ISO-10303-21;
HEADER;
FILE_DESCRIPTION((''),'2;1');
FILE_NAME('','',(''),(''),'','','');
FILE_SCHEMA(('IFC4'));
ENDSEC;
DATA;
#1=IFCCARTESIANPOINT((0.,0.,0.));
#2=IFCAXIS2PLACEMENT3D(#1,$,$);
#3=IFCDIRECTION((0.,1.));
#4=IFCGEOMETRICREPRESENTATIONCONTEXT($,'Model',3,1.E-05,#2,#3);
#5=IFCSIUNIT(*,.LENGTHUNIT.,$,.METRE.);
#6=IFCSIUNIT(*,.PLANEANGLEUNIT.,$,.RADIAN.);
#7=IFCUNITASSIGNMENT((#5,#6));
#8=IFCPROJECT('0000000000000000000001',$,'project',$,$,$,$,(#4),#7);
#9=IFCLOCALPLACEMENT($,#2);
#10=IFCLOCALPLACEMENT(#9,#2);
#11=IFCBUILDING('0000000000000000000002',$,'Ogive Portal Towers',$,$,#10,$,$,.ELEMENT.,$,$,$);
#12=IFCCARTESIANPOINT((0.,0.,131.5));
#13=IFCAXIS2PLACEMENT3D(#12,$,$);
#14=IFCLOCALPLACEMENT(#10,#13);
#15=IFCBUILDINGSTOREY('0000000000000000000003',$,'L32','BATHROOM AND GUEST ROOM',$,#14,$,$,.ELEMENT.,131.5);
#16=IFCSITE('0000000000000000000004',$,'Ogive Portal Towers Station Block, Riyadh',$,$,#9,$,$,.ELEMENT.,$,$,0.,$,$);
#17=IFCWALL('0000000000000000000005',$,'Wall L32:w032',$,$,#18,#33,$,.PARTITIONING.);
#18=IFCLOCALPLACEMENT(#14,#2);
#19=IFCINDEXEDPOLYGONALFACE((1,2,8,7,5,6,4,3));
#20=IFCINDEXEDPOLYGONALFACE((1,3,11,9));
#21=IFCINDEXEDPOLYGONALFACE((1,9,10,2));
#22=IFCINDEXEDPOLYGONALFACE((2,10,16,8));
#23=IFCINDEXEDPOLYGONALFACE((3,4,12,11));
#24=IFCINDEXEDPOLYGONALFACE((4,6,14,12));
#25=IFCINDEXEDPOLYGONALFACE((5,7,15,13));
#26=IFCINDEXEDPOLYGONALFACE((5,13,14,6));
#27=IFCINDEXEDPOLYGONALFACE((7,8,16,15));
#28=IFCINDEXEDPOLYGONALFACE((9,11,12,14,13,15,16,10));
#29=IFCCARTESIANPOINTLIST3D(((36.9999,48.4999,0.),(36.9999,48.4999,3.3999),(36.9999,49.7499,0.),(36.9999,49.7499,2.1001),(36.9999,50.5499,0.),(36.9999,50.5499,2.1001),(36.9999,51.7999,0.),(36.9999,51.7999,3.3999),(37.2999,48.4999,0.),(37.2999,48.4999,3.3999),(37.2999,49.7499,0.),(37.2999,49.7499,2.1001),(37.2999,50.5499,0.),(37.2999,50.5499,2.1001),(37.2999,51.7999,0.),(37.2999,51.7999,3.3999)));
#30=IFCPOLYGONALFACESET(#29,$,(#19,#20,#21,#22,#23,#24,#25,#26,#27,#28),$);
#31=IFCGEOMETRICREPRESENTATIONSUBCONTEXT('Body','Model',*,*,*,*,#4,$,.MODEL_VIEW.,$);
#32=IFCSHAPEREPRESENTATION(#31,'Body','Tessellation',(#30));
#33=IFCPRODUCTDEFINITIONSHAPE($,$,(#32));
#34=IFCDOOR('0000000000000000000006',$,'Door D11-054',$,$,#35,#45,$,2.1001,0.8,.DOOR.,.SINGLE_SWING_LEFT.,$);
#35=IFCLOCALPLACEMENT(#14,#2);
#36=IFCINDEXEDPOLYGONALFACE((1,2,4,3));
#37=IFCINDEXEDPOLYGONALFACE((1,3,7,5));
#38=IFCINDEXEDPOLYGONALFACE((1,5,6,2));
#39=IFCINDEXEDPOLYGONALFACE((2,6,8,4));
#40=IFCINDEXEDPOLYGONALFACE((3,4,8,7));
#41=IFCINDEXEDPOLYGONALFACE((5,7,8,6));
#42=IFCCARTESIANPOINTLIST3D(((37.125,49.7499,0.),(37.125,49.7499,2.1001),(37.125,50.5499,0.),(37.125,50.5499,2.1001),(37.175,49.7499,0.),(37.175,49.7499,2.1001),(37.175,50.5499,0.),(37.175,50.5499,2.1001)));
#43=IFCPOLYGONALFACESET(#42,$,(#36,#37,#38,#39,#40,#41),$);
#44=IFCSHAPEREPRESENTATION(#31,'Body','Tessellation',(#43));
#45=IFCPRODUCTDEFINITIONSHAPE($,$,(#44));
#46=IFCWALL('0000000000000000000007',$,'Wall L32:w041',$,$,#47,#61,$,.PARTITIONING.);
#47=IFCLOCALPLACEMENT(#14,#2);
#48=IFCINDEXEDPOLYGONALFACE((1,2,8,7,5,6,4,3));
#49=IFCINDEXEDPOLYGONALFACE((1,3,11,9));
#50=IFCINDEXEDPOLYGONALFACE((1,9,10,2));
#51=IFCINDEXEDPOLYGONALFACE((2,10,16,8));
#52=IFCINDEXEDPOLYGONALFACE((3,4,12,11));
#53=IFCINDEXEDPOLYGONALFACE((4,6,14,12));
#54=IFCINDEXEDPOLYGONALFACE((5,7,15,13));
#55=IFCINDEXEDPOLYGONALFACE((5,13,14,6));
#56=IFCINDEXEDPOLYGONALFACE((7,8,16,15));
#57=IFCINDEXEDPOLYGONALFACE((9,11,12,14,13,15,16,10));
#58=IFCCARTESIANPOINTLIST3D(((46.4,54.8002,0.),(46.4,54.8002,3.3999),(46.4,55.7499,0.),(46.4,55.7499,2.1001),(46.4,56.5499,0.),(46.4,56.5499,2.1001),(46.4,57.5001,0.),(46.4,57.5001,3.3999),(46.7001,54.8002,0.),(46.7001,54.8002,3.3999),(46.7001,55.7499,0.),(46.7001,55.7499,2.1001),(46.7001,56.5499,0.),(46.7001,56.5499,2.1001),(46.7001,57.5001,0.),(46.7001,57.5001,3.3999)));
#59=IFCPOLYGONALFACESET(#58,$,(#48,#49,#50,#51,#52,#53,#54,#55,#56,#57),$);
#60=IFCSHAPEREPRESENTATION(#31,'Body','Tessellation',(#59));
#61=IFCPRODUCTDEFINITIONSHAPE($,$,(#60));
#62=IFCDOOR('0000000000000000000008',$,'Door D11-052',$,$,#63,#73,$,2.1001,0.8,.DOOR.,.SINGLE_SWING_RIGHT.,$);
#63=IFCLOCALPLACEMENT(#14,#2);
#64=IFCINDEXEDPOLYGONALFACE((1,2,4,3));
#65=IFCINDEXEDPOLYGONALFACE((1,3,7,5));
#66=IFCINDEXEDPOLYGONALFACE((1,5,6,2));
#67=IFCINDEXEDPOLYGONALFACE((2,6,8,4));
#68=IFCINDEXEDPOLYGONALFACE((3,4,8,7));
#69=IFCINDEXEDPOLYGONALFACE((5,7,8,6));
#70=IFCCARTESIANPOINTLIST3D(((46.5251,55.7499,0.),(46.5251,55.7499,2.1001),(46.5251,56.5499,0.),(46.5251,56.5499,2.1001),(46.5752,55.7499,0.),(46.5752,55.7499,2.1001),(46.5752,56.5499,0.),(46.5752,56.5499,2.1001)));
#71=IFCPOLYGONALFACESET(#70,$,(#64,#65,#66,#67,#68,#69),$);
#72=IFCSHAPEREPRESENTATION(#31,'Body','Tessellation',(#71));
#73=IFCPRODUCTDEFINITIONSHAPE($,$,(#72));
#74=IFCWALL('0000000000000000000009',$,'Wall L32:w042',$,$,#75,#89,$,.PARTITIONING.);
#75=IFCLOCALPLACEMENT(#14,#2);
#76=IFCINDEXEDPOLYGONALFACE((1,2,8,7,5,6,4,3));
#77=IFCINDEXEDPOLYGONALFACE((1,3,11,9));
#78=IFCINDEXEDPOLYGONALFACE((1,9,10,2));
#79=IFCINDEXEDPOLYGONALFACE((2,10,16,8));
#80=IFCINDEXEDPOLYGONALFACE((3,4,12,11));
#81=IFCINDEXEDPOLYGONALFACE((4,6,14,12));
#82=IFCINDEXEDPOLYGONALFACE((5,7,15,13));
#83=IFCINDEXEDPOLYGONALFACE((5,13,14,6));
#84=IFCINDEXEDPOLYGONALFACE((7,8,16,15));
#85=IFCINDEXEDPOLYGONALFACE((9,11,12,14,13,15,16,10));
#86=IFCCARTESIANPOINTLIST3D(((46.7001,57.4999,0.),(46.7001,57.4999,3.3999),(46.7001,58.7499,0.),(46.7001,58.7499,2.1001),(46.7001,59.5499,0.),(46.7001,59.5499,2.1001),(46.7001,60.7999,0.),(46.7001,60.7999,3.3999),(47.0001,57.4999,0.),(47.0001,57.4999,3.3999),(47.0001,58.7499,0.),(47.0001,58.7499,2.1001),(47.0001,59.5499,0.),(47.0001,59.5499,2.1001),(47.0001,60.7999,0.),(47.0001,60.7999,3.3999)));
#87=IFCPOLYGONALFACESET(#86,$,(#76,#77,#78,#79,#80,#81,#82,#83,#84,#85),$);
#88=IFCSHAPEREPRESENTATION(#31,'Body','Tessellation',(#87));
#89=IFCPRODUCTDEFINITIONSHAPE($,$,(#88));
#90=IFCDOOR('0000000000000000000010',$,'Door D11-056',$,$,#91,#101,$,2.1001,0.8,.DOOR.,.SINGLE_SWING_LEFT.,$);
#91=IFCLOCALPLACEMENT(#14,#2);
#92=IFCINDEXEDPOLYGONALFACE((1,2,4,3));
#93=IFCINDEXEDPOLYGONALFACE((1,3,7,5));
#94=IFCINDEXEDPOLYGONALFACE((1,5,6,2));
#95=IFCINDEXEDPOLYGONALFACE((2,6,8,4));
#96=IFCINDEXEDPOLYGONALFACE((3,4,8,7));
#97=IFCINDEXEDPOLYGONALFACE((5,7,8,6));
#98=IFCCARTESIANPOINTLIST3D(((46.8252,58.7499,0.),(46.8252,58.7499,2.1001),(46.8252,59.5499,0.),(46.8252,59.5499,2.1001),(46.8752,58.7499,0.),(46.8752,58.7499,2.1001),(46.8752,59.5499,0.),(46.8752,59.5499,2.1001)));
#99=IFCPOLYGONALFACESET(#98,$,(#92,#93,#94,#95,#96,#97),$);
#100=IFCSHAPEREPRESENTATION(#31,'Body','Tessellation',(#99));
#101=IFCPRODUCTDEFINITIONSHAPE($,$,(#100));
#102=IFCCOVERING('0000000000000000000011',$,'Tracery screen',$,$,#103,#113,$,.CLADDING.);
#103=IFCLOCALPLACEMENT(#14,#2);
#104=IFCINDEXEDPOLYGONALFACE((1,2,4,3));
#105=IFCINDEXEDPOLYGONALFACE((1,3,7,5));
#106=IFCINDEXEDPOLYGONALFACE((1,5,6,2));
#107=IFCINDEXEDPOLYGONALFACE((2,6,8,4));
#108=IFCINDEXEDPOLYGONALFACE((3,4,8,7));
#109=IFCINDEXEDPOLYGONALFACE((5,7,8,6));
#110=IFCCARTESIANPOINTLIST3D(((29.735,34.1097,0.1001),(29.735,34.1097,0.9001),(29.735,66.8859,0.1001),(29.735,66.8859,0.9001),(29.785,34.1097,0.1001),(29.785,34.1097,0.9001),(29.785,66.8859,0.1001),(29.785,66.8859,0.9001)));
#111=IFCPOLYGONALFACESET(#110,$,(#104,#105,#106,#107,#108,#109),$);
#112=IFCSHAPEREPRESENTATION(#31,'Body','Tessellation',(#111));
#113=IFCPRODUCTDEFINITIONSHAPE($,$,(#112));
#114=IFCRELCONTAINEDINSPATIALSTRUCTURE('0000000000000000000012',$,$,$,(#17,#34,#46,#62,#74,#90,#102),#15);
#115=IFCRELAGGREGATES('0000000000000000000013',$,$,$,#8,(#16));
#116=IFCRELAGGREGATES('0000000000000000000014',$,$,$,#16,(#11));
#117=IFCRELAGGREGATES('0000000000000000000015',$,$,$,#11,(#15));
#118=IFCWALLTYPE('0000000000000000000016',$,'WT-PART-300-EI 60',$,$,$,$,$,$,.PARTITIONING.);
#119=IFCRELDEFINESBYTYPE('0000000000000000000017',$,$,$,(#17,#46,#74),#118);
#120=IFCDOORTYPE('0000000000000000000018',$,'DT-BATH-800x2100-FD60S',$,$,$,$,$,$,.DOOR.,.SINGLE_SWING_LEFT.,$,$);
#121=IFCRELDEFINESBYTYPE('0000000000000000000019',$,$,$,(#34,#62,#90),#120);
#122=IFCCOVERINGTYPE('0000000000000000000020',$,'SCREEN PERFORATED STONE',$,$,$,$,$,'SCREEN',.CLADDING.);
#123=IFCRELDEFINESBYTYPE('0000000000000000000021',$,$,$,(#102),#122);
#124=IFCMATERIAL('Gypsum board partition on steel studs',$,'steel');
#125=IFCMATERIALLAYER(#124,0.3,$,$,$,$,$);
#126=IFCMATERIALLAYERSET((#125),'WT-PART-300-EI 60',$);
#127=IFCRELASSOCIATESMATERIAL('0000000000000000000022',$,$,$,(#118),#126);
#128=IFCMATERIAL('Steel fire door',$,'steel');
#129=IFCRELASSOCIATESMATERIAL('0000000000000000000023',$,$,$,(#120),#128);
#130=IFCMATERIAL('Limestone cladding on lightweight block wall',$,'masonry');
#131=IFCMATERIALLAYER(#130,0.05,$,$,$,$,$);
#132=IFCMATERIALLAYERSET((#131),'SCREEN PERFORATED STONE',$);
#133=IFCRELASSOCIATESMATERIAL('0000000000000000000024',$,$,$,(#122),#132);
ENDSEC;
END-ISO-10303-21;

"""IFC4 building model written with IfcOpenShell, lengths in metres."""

from ifc_helpers import new_model, si_unit, direction, frame, frame_2d, origin, origin_2d, place, context, subcontext, project, spatial, rectangle, extrude, material, layer, layer_set, type_object, element, fill, save


model = new_model("IFC4")

# Units and contexts
model_context = context("Model", 3, precision=1e-05, world=origin(), true_north=direction((0.0, 1.0)))
body_context = subcontext(model_context, "Body", "Model", "MODEL_VIEW")
ifc_project = project(units=[si_unit("LENGTHUNIT", "METRE"), si_unit("PLANEANGLEUNIT", "RADIAN")], contexts=[model_context])

# Site, building, storey
site_placement = place(None, origin())
site = spatial("IfcSite", under=ifc_project, at=site_placement, Name="Ogive Portal Towers Station Block, Riyadh", CompositionType="ELEMENT", RefElevation=0.0)
building_placement = place(site_placement, origin())
building = spatial("IfcBuilding", under=site, at=building_placement, Name="Ogive Portal Towers", CompositionType="ELEMENT")
storey_placement = place(building_placement, frame((0.0, 0.0, 131.5)))
storey = spatial("IfcBuildingStorey", under=building, at=storey_placement, Name="L32", Description="BATHROOM AND GUEST ROOM", CompositionType="ELEMENT", Elevation=131.5)

# Shared definitions
ifc_material_1 = material(Name="Steel fire door", Category="steel")

# Shared definitions
ifc_material_2 = material(Name="Gypsum board partition on steel studs", Category="steel")
ifc_layer_1 = layer(ifc_material_2, 0.3)
ifc_layer_set_1 = layer_set([ifc_layer_1], Name="WT-PART-300-EI 60")
wall_type_1 = type_object("IfcWallType", Name="WT-PART-300-EI 60", PredefinedType="PARTITIONING", material=ifc_layer_set_1)

# Walls, openings, doors
wall_1_placement = place(storey_placement, frame((37.1499, 48.5, 0.0), z_axis=(0.0, 0.0, 1.0), x_axis=(0.0, 1.0, 0.0)))
wall_1 = element("IfcWall", 1, at=wall_1_placement, inside=storey, type_object=wall_type_1, Name="Wall L32:w032", PredefinedType="PARTITIONING", context=body_context, shape_type="SweptSolid", body=[
    extrude(rectangle(XDim=3.3, YDim=0.3, at=frame_2d((1.6499, 0.0))), origin(), (0.0, 0.0, 1.0), 3.3999),
])
opening_1_placement = place(wall_1_placement, frame((1.25, 0.0, 0.0)))
opening_1 = element("IfcOpeningElement", 2, at=opening_1_placement, cuts=wall_1, PredefinedType="OPENING", context=body_context, shape_type="SweptSolid", body=[
    extrude(rectangle(XDim=0.8, YDim=2.1001, at=frame_2d((0.3999, 1.05))), frame((0.0, 0.1602, 0.0), z_axis=(0.0, -1.0, 0.0), x_axis=(1.0, 0.0, 0.0)), (0.0, 0.0, 1.0), 0.3201),
])
door_type_1 = type_object("IfcDoorType", Name="DT-BATH-800x2100-FD60S", OperationType="SINGLE_SWING_LEFT", PredefinedType="DOOR", material=ifc_material_1)
door_1_placement = place(opening_1_placement, origin())
door_1 = element("IfcDoor", 3, at=door_1_placement, inside=storey, type_object=door_type_1, Name="Door D11-054", OperationType="SINGLE_SWING_LEFT", OverallHeight=2.1001, OverallWidth=0.8, PredefinedType="DOOR", context=body_context, shape_type="SweptSolid", body=[
    extrude(rectangle(XDim=0.8, YDim=2.1001, at=frame_2d((0.3999, 1.05))), frame((0.0, 0.0249, 0.0), z_axis=(0.0, -1.0, 0.0), x_axis=(1.0, 0.0, 0.0)), (0.0, 0.0, 1.0), 0.05),
])
fill(opening_1, door_1)
wall_2_placement = place(storey_placement, frame((46.55, 54.8, 0.0), z_axis=(0.0, 0.0, 1.0), x_axis=(0.0, 1.0, 0.0)))
wall_2 = element("IfcWall", 4, at=wall_2_placement, inside=storey, type_object=wall_type_1, Name="Wall L32:w041", PredefinedType="PARTITIONING", context=body_context, shape_type="SweptSolid", body=[
    extrude(rectangle(XDim=2.7, YDim=0.3, at=frame_2d((1.3501, 0.0))), origin(), (0.0, 0.0, 1.0), 3.3999),
])
opening_2_placement = place(wall_2_placement, frame((0.95, 0.0, 0.0)))
opening_2 = element("IfcOpeningElement", 5, at=opening_2_placement, cuts=wall_2, PredefinedType="OPENING", context=body_context, shape_type="SweptSolid", body=[
    extrude(rectangle(XDim=0.8, YDim=2.1001, at=frame_2d((0.3999, 1.05))), frame((0.0, 0.1602, 0.0), z_axis=(0.0, -1.0, 0.0), x_axis=(1.0, 0.0, 0.0)), (0.0, 0.0, 1.0), 0.3201),
])
door_2_placement = place(opening_2_placement, origin())
door_2 = element("IfcDoor", 6, at=door_2_placement, inside=storey, type_object=door_type_1, Name="Door D11-052", OperationType="SINGLE_SWING_RIGHT", OverallHeight=2.1001, OverallWidth=0.8, PredefinedType="DOOR", context=body_context, shape_type="SweptSolid", body=[
    extrude(rectangle(XDim=0.8, YDim=2.1001, at=frame_2d((0.3999, 1.05))), frame((0.0, 0.0249, 0.0), z_axis=(0.0, -1.0, 0.0), x_axis=(1.0, 0.0, 0.0)), (0.0, 0.0, 1.0), 0.05),
])
fill(opening_2, door_2)
wall_3_placement = place(storey_placement, frame((46.8501, 57.5, 0.0), z_axis=(0.0, 0.0, 1.0), x_axis=(0.0, 1.0, 0.0)))
wall_3 = element("IfcWall", 7, at=wall_3_placement, inside=storey, type_object=wall_type_1, Name="Wall L32:w042", PredefinedType="PARTITIONING", context=body_context, shape_type="SweptSolid", body=[
    extrude(rectangle(XDim=3.3, YDim=0.3, at=frame_2d((1.6499, 0.0))), origin(), (0.0, 0.0, 1.0), 3.3999),
])
opening_3_placement = place(wall_3_placement, frame((1.25, 0.0, 0.0)))
opening_3 = element("IfcOpeningElement", 8, at=opening_3_placement, cuts=wall_3, PredefinedType="OPENING", context=body_context, shape_type="SweptSolid", body=[
    extrude(rectangle(XDim=0.8, YDim=2.1001, at=frame_2d((0.3999, 1.05))), frame((0.0, 0.1602, 0.0), z_axis=(0.0, -1.0, 0.0), x_axis=(1.0, 0.0, 0.0)), (0.0, 0.0, 1.0), 0.3201),
])
door_3_placement = place(opening_3_placement, origin())
door_3 = element("IfcDoor", 9, at=door_3_placement, inside=storey, type_object=door_type_1, Name="Door D11-056", OperationType="SINGLE_SWING_LEFT", OverallHeight=2.1001, OverallWidth=0.8, PredefinedType="DOOR", context=body_context, shape_type="SweptSolid", body=[
    extrude(rectangle(XDim=0.8, YDim=2.1001, at=frame_2d((0.3999, 1.05))), frame((0.0, 0.0249, 0.0), z_axis=(0.0, -1.0, 0.0), x_axis=(1.0, 0.0, 0.0)), (0.0, 0.0, 1.0), 0.05),
])
fill(opening_3, door_3)

# Covering
ifc_material_3 = material(Name="Limestone cladding on lightweight block wall", Category="masonry")
ifc_layer_2 = layer(ifc_material_3, 0.05)
ifc_layer_set_2 = layer_set([ifc_layer_2], Name="SCREEN PERFORATED STONE")
covering_type = type_object("IfcCoveringType", Name="SCREEN PERFORATED STONE", ElementType="SCREEN", PredefinedType="CLADDING", material=ifc_layer_set_2)
covering_placement = place(storey_placement, frame((29.76, 50.4978, 0.1001), z_axis=(0.0, 0.0, 1.0), x_axis=(0.0, -1.0, 0.0)))
element("IfcCovering", 10, at=covering_placement, inside=storey, type_object=covering_type, Name="Tracery screen", PredefinedType="CLADDING", context=body_context, shape_type="SweptSolid", body=[
    extrude(rectangle(XDim=32.7761, YDim=0.05, at=origin_2d()), origin(), (0.0, 0.0, 1.0), 0.8),
])

save(model, "model.ifc")
